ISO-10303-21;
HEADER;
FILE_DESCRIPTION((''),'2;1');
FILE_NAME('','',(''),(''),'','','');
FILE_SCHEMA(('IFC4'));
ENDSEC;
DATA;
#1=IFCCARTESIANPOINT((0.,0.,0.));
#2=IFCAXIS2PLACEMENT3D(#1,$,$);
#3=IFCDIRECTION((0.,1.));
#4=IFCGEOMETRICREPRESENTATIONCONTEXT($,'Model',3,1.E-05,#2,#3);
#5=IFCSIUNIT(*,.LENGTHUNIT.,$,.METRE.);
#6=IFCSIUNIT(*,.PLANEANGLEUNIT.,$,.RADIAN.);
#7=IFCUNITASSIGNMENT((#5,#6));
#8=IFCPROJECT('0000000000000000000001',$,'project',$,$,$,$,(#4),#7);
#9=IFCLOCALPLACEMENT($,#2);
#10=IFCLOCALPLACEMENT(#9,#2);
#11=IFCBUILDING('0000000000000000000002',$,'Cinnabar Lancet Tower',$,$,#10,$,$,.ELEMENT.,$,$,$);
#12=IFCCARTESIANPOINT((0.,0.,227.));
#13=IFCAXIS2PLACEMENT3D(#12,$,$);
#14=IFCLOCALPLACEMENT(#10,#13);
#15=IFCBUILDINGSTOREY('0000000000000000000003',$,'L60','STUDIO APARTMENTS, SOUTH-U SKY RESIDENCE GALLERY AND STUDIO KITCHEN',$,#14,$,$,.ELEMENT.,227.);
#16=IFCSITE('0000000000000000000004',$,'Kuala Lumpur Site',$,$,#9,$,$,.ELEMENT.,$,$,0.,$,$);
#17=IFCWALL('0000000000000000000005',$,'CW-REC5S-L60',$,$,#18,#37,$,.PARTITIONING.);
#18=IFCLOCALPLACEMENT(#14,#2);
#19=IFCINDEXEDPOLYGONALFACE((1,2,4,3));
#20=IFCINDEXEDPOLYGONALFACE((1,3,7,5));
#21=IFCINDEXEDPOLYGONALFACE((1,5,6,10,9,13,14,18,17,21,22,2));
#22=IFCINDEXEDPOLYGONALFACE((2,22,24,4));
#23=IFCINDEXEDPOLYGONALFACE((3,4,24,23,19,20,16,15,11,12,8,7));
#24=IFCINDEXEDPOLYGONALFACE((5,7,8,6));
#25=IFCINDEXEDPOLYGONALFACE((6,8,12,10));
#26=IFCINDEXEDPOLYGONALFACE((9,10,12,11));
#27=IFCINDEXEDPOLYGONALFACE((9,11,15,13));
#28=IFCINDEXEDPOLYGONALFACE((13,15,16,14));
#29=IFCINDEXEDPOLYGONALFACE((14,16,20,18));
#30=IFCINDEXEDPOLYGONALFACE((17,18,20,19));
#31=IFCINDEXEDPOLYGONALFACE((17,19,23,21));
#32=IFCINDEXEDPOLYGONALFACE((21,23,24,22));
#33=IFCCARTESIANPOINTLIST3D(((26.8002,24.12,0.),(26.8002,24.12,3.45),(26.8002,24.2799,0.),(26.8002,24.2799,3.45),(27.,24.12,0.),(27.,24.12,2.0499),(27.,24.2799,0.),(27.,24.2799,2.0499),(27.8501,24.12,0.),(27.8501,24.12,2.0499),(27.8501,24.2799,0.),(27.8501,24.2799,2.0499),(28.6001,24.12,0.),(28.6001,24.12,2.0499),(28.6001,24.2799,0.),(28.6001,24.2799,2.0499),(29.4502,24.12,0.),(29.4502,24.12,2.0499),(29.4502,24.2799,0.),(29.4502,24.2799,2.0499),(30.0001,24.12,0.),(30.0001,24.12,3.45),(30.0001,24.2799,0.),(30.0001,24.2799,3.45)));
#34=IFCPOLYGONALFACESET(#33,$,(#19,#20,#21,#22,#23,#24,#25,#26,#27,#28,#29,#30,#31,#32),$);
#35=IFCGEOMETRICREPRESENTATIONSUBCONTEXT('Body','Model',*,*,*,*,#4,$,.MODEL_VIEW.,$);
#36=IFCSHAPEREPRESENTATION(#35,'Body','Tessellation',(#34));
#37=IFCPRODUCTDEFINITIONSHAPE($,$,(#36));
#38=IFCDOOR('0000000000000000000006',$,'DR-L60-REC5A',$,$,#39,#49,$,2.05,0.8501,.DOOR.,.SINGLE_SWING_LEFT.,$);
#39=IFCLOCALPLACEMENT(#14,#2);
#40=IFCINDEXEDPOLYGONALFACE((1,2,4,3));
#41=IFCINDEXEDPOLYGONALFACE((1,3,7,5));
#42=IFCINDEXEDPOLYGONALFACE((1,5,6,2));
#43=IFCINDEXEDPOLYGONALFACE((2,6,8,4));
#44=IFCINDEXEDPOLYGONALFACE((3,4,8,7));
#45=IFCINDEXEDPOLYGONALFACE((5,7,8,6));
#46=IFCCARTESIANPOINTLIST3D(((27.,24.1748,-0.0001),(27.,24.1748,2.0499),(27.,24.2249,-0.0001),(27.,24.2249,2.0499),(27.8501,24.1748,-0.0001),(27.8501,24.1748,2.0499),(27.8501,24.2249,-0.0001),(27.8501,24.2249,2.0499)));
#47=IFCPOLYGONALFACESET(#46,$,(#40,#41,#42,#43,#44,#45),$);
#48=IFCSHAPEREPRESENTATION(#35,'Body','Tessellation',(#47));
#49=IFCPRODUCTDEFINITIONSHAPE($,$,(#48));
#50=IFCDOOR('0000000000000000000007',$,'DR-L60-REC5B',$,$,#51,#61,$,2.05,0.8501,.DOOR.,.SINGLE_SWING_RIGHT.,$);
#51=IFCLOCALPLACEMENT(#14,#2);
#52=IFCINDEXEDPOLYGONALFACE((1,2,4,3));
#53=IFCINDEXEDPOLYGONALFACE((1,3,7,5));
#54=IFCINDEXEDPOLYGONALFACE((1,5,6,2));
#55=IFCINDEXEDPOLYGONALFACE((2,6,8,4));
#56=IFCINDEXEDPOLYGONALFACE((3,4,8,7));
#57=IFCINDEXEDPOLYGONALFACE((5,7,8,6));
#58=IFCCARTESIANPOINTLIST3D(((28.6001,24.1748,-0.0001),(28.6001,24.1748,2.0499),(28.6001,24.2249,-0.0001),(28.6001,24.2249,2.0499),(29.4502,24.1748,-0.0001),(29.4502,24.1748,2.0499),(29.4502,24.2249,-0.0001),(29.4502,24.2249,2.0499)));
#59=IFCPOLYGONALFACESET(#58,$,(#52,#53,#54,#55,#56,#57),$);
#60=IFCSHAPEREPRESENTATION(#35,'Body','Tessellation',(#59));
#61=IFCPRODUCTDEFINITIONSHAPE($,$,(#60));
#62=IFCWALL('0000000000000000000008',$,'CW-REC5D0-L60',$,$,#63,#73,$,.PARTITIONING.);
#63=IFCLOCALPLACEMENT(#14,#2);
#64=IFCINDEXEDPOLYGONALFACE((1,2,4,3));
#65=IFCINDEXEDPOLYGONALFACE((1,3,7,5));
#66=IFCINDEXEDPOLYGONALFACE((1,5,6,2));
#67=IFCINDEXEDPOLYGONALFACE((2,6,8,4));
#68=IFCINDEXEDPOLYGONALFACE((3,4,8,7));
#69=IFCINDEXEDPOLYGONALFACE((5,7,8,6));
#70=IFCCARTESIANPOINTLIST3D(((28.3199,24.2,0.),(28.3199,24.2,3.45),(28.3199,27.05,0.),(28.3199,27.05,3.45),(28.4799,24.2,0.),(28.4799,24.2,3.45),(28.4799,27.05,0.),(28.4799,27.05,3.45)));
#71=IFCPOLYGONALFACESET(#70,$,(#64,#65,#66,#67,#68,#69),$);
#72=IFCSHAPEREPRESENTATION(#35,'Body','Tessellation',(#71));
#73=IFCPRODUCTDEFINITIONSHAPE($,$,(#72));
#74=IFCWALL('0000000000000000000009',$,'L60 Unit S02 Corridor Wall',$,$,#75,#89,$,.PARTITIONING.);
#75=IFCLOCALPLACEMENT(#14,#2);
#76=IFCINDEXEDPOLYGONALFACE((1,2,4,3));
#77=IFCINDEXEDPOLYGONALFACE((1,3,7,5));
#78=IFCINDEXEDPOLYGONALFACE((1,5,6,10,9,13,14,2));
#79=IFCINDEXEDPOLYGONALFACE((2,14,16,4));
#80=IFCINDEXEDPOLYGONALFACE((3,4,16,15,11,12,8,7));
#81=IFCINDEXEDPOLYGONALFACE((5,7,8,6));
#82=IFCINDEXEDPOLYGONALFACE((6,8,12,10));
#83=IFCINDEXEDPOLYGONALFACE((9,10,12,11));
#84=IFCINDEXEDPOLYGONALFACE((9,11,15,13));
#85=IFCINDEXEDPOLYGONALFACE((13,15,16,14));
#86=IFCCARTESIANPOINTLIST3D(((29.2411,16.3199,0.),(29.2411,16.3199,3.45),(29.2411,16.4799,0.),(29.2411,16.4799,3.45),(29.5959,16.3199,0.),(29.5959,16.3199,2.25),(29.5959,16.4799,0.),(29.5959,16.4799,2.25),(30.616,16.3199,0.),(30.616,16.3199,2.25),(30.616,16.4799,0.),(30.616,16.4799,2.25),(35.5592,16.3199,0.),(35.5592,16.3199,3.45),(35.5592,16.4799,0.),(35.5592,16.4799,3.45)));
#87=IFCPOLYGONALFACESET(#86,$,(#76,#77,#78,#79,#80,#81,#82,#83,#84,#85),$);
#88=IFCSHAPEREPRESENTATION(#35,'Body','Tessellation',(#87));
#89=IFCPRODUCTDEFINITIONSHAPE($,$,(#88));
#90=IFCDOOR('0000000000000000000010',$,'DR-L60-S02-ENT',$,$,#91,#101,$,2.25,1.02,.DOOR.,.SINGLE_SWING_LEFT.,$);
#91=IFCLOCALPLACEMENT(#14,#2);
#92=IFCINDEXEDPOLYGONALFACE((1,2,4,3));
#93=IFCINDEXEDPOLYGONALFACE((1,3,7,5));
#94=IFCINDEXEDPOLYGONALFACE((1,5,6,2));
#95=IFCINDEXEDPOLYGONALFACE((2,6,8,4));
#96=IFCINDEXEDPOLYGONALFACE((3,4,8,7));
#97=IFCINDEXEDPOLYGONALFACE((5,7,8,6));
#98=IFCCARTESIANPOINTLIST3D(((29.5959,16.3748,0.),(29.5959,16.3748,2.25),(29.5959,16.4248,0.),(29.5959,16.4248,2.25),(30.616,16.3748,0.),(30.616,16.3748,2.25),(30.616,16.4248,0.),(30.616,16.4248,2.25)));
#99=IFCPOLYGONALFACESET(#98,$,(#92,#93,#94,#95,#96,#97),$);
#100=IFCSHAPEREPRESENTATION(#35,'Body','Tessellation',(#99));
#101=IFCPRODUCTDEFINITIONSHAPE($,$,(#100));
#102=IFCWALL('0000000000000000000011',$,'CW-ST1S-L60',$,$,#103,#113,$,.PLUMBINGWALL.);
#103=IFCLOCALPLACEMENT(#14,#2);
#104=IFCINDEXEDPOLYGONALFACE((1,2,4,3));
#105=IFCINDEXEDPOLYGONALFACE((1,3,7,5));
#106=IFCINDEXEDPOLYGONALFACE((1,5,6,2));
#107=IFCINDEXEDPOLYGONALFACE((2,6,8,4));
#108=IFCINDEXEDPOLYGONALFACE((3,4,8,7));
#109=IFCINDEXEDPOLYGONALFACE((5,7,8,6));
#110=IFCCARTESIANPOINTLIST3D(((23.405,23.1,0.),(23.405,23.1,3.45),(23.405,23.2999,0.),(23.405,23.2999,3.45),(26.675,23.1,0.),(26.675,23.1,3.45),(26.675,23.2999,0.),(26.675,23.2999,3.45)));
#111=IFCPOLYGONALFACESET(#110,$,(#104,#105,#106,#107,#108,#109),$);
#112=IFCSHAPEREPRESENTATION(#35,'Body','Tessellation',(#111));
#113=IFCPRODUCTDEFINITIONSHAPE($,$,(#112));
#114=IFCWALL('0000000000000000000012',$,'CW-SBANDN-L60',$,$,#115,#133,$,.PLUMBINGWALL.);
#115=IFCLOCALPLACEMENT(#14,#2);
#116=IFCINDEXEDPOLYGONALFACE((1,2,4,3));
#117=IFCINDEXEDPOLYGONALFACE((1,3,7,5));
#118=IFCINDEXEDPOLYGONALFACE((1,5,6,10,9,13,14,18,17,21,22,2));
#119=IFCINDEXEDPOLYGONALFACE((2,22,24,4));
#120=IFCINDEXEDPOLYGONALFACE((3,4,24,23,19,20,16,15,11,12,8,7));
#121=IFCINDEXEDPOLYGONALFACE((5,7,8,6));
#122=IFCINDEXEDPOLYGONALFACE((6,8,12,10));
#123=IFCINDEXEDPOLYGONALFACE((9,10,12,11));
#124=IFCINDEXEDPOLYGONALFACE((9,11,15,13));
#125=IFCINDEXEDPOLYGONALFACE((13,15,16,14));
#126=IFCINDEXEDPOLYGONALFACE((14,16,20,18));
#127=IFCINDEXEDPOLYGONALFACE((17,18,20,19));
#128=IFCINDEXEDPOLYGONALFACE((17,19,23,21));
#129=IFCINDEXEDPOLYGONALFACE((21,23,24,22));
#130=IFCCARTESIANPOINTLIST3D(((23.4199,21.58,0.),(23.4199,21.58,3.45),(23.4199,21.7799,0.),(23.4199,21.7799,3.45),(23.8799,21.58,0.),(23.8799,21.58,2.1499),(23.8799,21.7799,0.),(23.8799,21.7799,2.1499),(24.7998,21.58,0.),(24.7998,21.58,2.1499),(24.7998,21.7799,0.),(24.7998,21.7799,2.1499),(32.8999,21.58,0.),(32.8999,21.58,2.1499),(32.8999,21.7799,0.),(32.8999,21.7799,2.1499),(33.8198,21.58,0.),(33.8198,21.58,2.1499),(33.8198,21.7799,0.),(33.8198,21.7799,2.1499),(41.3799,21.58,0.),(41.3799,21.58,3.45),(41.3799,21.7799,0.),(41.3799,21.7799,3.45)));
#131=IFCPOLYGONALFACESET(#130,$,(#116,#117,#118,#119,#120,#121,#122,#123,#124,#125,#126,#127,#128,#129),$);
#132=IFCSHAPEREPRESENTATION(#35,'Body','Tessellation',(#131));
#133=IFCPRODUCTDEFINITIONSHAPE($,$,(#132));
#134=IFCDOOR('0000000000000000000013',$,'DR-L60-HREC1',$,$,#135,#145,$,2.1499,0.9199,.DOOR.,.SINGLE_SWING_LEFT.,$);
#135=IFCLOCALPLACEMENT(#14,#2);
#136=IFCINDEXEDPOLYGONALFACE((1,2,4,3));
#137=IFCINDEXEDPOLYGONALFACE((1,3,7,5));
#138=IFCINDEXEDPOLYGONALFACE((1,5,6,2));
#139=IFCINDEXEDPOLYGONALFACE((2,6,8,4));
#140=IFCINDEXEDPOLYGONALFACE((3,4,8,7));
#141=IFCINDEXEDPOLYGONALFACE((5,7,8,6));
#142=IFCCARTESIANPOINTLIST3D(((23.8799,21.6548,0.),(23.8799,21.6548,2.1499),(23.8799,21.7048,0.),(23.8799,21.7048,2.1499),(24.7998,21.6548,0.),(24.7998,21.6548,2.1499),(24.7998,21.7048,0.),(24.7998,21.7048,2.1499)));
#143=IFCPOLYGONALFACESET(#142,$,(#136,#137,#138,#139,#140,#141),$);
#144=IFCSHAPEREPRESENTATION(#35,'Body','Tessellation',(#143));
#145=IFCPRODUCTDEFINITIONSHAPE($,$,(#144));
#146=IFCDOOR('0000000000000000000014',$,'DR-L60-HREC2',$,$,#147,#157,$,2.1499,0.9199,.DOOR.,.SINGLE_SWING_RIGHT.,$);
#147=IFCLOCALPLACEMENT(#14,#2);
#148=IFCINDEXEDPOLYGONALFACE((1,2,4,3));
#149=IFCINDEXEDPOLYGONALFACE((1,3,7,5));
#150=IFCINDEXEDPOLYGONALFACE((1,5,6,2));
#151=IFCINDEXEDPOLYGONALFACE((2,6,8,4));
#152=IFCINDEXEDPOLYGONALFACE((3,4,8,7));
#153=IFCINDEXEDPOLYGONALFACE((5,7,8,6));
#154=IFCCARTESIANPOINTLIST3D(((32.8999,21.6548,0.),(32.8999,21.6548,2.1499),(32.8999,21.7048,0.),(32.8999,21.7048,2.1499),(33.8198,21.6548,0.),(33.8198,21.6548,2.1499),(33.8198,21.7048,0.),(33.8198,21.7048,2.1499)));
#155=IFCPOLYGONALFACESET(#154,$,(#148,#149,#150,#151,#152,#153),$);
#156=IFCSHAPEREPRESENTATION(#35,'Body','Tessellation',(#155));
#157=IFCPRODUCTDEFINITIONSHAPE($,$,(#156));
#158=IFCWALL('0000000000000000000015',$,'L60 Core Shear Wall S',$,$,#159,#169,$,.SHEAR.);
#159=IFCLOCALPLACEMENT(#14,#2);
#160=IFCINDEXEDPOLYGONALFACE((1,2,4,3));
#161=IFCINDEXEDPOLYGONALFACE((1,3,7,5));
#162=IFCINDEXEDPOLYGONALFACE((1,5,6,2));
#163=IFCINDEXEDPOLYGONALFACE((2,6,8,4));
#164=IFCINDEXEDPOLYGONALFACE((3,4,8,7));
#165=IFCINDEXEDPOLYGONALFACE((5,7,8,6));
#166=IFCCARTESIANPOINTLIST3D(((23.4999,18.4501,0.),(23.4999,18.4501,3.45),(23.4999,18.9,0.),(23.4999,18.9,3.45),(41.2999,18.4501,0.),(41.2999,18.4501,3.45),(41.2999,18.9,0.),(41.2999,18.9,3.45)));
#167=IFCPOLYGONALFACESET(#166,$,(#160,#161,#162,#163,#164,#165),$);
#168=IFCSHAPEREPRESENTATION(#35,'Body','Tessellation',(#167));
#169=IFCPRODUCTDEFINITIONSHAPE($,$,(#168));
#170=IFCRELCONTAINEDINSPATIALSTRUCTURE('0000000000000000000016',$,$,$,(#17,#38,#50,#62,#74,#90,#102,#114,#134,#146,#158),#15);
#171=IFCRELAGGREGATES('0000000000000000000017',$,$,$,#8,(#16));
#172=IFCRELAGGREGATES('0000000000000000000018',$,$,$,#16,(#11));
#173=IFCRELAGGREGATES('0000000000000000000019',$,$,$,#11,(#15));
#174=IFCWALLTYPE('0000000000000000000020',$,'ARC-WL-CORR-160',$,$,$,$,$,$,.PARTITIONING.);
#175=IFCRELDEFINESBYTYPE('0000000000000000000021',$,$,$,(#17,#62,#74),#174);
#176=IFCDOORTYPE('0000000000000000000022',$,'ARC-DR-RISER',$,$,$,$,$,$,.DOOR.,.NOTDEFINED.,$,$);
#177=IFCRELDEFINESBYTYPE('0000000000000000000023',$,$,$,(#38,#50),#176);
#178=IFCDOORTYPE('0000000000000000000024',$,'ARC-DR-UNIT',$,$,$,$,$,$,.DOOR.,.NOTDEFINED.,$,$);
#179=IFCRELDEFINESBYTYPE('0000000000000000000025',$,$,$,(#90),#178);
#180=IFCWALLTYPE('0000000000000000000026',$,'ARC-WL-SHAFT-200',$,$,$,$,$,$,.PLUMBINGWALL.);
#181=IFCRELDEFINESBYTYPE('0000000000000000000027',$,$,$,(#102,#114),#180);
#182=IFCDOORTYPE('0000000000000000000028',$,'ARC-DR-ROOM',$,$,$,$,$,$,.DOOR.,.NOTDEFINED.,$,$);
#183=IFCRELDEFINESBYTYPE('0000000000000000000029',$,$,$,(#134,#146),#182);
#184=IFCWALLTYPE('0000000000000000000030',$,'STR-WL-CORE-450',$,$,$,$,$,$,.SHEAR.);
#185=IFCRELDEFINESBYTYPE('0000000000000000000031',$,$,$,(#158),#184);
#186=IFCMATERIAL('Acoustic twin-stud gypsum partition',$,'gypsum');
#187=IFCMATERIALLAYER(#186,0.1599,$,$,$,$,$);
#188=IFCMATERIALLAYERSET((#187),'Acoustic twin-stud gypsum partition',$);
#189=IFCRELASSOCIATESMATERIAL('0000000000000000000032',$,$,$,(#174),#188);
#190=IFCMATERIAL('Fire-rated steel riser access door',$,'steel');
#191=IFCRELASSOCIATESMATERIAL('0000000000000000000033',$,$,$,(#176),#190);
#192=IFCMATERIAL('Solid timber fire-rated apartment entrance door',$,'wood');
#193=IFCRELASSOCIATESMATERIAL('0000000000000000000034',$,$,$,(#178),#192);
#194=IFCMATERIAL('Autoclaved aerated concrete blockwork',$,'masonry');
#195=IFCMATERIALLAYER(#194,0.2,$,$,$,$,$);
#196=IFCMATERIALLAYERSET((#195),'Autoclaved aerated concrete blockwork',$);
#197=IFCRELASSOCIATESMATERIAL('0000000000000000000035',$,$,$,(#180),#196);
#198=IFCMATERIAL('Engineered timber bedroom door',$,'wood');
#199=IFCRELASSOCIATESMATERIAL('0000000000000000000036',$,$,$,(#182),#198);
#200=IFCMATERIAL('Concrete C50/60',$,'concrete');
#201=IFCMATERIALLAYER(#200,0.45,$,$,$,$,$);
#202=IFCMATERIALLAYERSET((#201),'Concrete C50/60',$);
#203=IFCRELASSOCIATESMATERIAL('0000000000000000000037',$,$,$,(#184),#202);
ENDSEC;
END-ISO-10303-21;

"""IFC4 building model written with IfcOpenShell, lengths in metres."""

from ifc_helpers import new_model, si_unit, direction, frame, frame_2d, origin, place, context, subcontext, project, spatial, rectangle, extrude, material, layer, layer_set, type_object, element, fill, save


model = new_model("IFC4")

# Units and contexts
model_context = context("Model", 3, precision=1e-05, world=origin(), true_north=direction((0.0, 1.0)))
body_context = subcontext(model_context, "Body", "Model", "MODEL_VIEW")
ifc_project = project(units=[si_unit("LENGTHUNIT", "METRE"), si_unit("PLANEANGLEUNIT", "RADIAN")], contexts=[model_context])

# Site, building, storey
site_placement = place(None, origin())
site = spatial("IfcSite", under=ifc_project, at=site_placement, Name="Kuala Lumpur Site", CompositionType="ELEMENT", RefElevation=0.0)
building_placement = place(site_placement, origin())
building = spatial("IfcBuilding", under=site, at=building_placement, Name="Cinnabar Lancet Tower", CompositionType="ELEMENT")
storey_placement = place(building_placement, frame((0.0, 0.0, 227.0)))
storey = spatial("IfcBuildingStorey", under=building, at=storey_placement, Name="L60", Description="STUDIO APARTMENTS, SOUTH-U SKY RESIDENCE GALLERY AND STUDIO KITCHEN", CompositionType="ELEMENT", Elevation=227.0)

# Wall, openings, doors
ifc_material_1 = material(Name="Acoustic twin-stud gypsum partition", Category="gypsum")
ifc_layer_1 = layer(ifc_material_1, 0.1599)
ifc_layer_set_1 = layer_set([ifc_layer_1], Name="Acoustic twin-stud gypsum partition")
wall_type_1 = type_object("IfcWallType", Name="ARC-WL-CORR-160", PredefinedType="PARTITIONING", material=ifc_layer_set_1)
wall_1_placement = place(storey_placement, frame((26.8, 24.2, 0.0), z_axis=(0.0, 0.0, 1.0), x_axis=(1.0, 0.0, 0.0)))
wall_1 = element("IfcWall", 1, at=wall_1_placement, inside=storey, type_object=wall_type_1, Name="CW-REC5S-L60", PredefinedType="PARTITIONING", context=body_context, shape_type="SweptSolid", body=[
    extrude(rectangle(XDim=3.2, YDim=0.1599, at=frame_2d((1.6001, 0.0))), origin(), (0.0, 0.0, 1.0), 3.45),
])
opening_1_placement = place(wall_1_placement, frame((0.2, 0.0, 0.0)))
opening_1 = element("IfcOpeningElement", 2, at=opening_1_placement, cuts=wall_1, PredefinedType="OPENING", context=body_context, shape_type="SweptSolid", body=[
    extrude(rectangle(XDim=0.8501, YDim=2.05, at=frame_2d((0.425, 1.0249))), frame((0.0, 0.0898, 0.0), z_axis=(0.0, -1.0, 0.0), x_axis=(1.0, 0.0, 0.0)), (0.0, 0.0, 1.0), 0.1799),
])
opening_2_placement = place(wall_1_placement, frame((1.8, 0.0, 0.0)))
opening_2 = element("IfcOpeningElement", 3, at=opening_2_placement, cuts=wall_1, PredefinedType="OPENING", context=body_context, shape_type="SweptSolid", body=[
    extrude(rectangle(XDim=0.8501, YDim=2.05, at=frame_2d((0.425, 1.0249))), frame((0.0, 0.0898, 0.0), z_axis=(0.0, -1.0, 0.0), x_axis=(1.0, 0.0, 0.0)), (0.0, 0.0, 1.0), 0.1799),
])
ifc_material_2 = material(Name="Fire-rated steel riser access door", Category="steel")
door_type_1 = type_object("IfcDoorType", Name="ARC-DR-RISER", OperationType="NOTDEFINED", PredefinedType="DOOR", material=ifc_material_2)
door_1_placement = place(opening_1_placement, origin())
door_1 = element("IfcDoor", 4, at=door_1_placement, inside=storey, type_object=door_type_1, Name="DR-L60-REC5A", OperationType="SINGLE_SWING_LEFT", OverallHeight=2.05, OverallWidth=0.8501, PredefinedType="DOOR", context=body_context, shape_type="SweptSolid", body=[
    extrude(rectangle(XDim=0.8501, YDim=2.05, at=frame_2d((0.425, 1.0249))), frame((0.0, 0.0249, 0.0), z_axis=(0.0, -1.0, 0.0), x_axis=(1.0, 0.0, 0.0)), (0.0, 0.0, 1.0), 0.05),
])
fill(opening_1, door_1)
door_2_placement = place(opening_2_placement, origin())
door_2 = element("IfcDoor", 5, at=door_2_placement, inside=storey, type_object=door_type_1, Name="DR-L60-REC5B", OperationType="SINGLE_SWING_RIGHT", OverallHeight=2.05, OverallWidth=0.8501, PredefinedType="DOOR", context=body_context, shape_type="SweptSolid", body=[
    extrude(rectangle(XDim=0.8501, YDim=2.05, at=frame_2d((0.425, 1.0249))), frame((0.0, 0.0249, 0.0), z_axis=(0.0, -1.0, 0.0), x_axis=(1.0, 0.0, 0.0)), (0.0, 0.0, 1.0), 0.05),
])
fill(opening_2, door_2)

# Wall
wall_2_placement = place(storey_placement, frame((28.3999, 24.2, 0.0), z_axis=(0.0, 0.0, 1.0), x_axis=(0.0, 1.0, 0.0)))
element("IfcWall", 6, at=wall_2_placement, inside=storey, type_object=wall_type_1, Name="CW-REC5D0-L60", PredefinedType="PARTITIONING", context=body_context, shape_type="SweptSolid", body=[
    extrude(rectangle(XDim=2.8501, YDim=0.1599, at=frame_2d((1.425, 0.0))), origin(), (0.0, 0.0, 1.0), 3.45),
])

# Wall, opening, door
wall_3_placement = place(storey_placement, frame((29.241, 16.3999, 0.0), z_axis=(0.0, 0.0, 1.0), x_axis=(1.0, 0.0, 0.0)))
wall_3 = element("IfcWall", 7, at=wall_3_placement, inside=storey, type_object=wall_type_1, Name="L60 Unit S02 Corridor Wall", PredefinedType="PARTITIONING", context=body_context, shape_type="SweptSolid", body=[
    extrude(rectangle(XDim=6.3181, YDim=0.1599, at=frame_2d((3.1592, 0.0))), origin(), (0.0, 0.0, 1.0), 3.45),
])
opening_3_placement = place(wall_3_placement, frame((0.355, 0.0, 0.0)))
opening_3 = element("IfcOpeningElement", 8, at=opening_3_placement, cuts=wall_3, PredefinedType="OPENING", context=body_context, shape_type="SweptSolid", body=[
    extrude(rectangle(XDim=1.02, YDim=2.25, at=frame_2d((0.51, 1.125))), frame((0.0, 0.0898, 0.0), z_axis=(0.0, -1.0, 0.0), x_axis=(1.0, 0.0, 0.0)), (0.0, 0.0, 1.0), 0.1799),
])
ifc_material_3 = material(Name="Solid timber fire-rated apartment entrance door", Category="wood")
door_type_2 = type_object("IfcDoorType", Name="ARC-DR-UNIT", OperationType="NOTDEFINED", PredefinedType="DOOR", material=ifc_material_3)
door_3_placement = place(opening_3_placement, origin())
door_3 = element("IfcDoor", 9, at=door_3_placement, inside=storey, type_object=door_type_2, Name="DR-L60-S02-ENT", OperationType="SINGLE_SWING_LEFT", OverallHeight=2.25, OverallWidth=1.02, PredefinedType="DOOR", context=body_context, shape_type="SweptSolid", body=[
    extrude(rectangle(XDim=1.02, YDim=2.25, at=frame_2d((0.51, 1.125))), frame((0.0, 0.0249, 0.0), z_axis=(0.0, -1.0, 0.0), x_axis=(1.0, 0.0, 0.0)), (0.0, 0.0, 1.0), 0.05),
])
fill(opening_3, door_3)

# Wall
ifc_material_4 = material(Name="Autoclaved aerated concrete blockwork", Category="masonry")
ifc_layer_2 = layer(ifc_material_4, 0.2)
ifc_layer_set_2 = layer_set([ifc_layer_2], Name="Autoclaved aerated concrete blockwork")
wall_type_2 = type_object("IfcWallType", Name="ARC-WL-SHAFT-200", PredefinedType="PLUMBINGWALL", material=ifc_layer_set_2)
wall_4_placement = place(storey_placement, frame((23.405, 23.2, 0.0), z_axis=(0.0, 0.0, 1.0), x_axis=(1.0, 0.0, 0.0)))
element("IfcWall", 10, at=wall_4_placement, inside=storey, type_object=wall_type_2, Name="CW-ST1S-L60", PredefinedType="PLUMBINGWALL", context=body_context, shape_type="SweptSolid", body=[
    extrude(rectangle(XDim=3.27, YDim=0.2, at=frame_2d((1.635, 0.0))), origin(), (0.0, 0.0, 1.0), 3.45),
])

# Wall, openings, doors
wall_5_placement = place(storey_placement, frame((23.4199, 21.6799, 0.0), z_axis=(0.0, 0.0, 1.0), x_axis=(1.0, 0.0, 0.0)))
wall_5 = element("IfcWall", 11, at=wall_5_placement, inside=storey, type_object=wall_type_2, Name="CW-SBANDN-L60", PredefinedType="PLUMBINGWALL", context=body_context, shape_type="SweptSolid", body=[
    extrude(rectangle(XDim=17.96, YDim=0.2, at=frame_2d((8.98, 0.0))), origin(), (0.0, 0.0, 1.0), 3.45),
])
opening_4_placement = place(wall_5_placement, frame((0.46, 0.0, 0.0)))
opening_4 = element("IfcOpeningElement", 12, at=opening_4_placement, cuts=wall_5, PredefinedType="OPENING", context=body_context, shape_type="SweptSolid", body=[
    extrude(rectangle(XDim=0.9199, YDim=2.1499, at=frame_2d((0.46, 1.075))), frame((0.0, 0.1099, 0.0), z_axis=(0.0, -1.0, 0.0), x_axis=(1.0, 0.0, 0.0)), (0.0, 0.0, 1.0), 0.22),
])
opening_5_placement = place(wall_5_placement, frame((9.48, 0.0, 0.0)))
opening_5 = element("IfcOpeningElement", 13, at=opening_5_placement, cuts=wall_5, PredefinedType="OPENING", context=body_context, shape_type="SweptSolid", body=[
    extrude(rectangle(XDim=0.9199, YDim=2.1499, at=frame_2d((0.46, 1.075))), frame((0.0, 0.1099, 0.0), z_axis=(0.0, -1.0, 0.0), x_axis=(1.0, 0.0, 0.0)), (0.0, 0.0, 1.0), 0.22),
])
ifc_material_5 = material(Name="Engineered timber bedroom door", Category="wood")
door_type_3 = type_object("IfcDoorType", Name="ARC-DR-ROOM", OperationType="NOTDEFINED", PredefinedType="DOOR", material=ifc_material_5)
door_4_placement = place(opening_4_placement, origin())
door_4 = element("IfcDoor", 14, at=door_4_placement, inside=storey, type_object=door_type_3, Name="DR-L60-HREC1", OperationType="SINGLE_SWING_LEFT", OverallHeight=2.1499, OverallWidth=0.9199, PredefinedType="DOOR", context=body_context, shape_type="SweptSolid", body=[
    extrude(rectangle(XDim=0.9199, YDim=2.1499, at=frame_2d((0.46, 1.075))), frame((0.0, 0.0249, 0.0), z_axis=(0.0, -1.0, 0.0), x_axis=(1.0, 0.0, 0.0)), (0.0, 0.0, 1.0), 0.05),
])
fill(opening_4, door_4)
door_5_placement = place(opening_5_placement, origin())
door_5 = element("IfcDoor", 15, at=door_5_placement, inside=storey, type_object=door_type_3, Name="DR-L60-HREC2", OperationType="SINGLE_SWING_RIGHT", OverallHeight=2.1499, OverallWidth=0.9199, PredefinedType="DOOR", context=body_context, shape_type="SweptSolid", body=[
    extrude(rectangle(XDim=0.9199, YDim=2.1499, at=frame_2d((0.46, 1.075))), frame((0.0, 0.0249, 0.0), z_axis=(0.0, -1.0, 0.0), x_axis=(1.0, 0.0, 0.0)), (0.0, 0.0, 1.0), 0.05),
])
fill(opening_5, door_5)

# Wall
ifc_material_6 = material(Name="Concrete C50/60", Category="concrete")
ifc_layer_3 = layer(ifc_material_6, 0.45)
ifc_layer_set_3 = layer_set([ifc_layer_3], Name="Concrete C50/60")
wall_type_3 = type_object("IfcWallType", Name="STR-WL-CORE-450", PredefinedType="SHEAR", material=ifc_layer_set_3)
wall_6_placement = place(storey_placement, frame((23.5, 18.675, 0.0), z_axis=(0.0, 0.0, 1.0), x_axis=(1.0, 0.0, 0.0)))
element("IfcWall", 16, at=wall_6_placement, inside=storey, type_object=wall_type_3, Name="L60 Core Shear Wall S", PredefinedType="SHEAR", context=body_context, shape_type="SweptSolid", body=[
    extrude(rectangle(XDim=17.8, YDim=0.45, at=frame_2d((8.8999, 0.0))), origin(), (0.0, 0.0, 1.0), 3.45),
])

save(model, "model.ifc")
